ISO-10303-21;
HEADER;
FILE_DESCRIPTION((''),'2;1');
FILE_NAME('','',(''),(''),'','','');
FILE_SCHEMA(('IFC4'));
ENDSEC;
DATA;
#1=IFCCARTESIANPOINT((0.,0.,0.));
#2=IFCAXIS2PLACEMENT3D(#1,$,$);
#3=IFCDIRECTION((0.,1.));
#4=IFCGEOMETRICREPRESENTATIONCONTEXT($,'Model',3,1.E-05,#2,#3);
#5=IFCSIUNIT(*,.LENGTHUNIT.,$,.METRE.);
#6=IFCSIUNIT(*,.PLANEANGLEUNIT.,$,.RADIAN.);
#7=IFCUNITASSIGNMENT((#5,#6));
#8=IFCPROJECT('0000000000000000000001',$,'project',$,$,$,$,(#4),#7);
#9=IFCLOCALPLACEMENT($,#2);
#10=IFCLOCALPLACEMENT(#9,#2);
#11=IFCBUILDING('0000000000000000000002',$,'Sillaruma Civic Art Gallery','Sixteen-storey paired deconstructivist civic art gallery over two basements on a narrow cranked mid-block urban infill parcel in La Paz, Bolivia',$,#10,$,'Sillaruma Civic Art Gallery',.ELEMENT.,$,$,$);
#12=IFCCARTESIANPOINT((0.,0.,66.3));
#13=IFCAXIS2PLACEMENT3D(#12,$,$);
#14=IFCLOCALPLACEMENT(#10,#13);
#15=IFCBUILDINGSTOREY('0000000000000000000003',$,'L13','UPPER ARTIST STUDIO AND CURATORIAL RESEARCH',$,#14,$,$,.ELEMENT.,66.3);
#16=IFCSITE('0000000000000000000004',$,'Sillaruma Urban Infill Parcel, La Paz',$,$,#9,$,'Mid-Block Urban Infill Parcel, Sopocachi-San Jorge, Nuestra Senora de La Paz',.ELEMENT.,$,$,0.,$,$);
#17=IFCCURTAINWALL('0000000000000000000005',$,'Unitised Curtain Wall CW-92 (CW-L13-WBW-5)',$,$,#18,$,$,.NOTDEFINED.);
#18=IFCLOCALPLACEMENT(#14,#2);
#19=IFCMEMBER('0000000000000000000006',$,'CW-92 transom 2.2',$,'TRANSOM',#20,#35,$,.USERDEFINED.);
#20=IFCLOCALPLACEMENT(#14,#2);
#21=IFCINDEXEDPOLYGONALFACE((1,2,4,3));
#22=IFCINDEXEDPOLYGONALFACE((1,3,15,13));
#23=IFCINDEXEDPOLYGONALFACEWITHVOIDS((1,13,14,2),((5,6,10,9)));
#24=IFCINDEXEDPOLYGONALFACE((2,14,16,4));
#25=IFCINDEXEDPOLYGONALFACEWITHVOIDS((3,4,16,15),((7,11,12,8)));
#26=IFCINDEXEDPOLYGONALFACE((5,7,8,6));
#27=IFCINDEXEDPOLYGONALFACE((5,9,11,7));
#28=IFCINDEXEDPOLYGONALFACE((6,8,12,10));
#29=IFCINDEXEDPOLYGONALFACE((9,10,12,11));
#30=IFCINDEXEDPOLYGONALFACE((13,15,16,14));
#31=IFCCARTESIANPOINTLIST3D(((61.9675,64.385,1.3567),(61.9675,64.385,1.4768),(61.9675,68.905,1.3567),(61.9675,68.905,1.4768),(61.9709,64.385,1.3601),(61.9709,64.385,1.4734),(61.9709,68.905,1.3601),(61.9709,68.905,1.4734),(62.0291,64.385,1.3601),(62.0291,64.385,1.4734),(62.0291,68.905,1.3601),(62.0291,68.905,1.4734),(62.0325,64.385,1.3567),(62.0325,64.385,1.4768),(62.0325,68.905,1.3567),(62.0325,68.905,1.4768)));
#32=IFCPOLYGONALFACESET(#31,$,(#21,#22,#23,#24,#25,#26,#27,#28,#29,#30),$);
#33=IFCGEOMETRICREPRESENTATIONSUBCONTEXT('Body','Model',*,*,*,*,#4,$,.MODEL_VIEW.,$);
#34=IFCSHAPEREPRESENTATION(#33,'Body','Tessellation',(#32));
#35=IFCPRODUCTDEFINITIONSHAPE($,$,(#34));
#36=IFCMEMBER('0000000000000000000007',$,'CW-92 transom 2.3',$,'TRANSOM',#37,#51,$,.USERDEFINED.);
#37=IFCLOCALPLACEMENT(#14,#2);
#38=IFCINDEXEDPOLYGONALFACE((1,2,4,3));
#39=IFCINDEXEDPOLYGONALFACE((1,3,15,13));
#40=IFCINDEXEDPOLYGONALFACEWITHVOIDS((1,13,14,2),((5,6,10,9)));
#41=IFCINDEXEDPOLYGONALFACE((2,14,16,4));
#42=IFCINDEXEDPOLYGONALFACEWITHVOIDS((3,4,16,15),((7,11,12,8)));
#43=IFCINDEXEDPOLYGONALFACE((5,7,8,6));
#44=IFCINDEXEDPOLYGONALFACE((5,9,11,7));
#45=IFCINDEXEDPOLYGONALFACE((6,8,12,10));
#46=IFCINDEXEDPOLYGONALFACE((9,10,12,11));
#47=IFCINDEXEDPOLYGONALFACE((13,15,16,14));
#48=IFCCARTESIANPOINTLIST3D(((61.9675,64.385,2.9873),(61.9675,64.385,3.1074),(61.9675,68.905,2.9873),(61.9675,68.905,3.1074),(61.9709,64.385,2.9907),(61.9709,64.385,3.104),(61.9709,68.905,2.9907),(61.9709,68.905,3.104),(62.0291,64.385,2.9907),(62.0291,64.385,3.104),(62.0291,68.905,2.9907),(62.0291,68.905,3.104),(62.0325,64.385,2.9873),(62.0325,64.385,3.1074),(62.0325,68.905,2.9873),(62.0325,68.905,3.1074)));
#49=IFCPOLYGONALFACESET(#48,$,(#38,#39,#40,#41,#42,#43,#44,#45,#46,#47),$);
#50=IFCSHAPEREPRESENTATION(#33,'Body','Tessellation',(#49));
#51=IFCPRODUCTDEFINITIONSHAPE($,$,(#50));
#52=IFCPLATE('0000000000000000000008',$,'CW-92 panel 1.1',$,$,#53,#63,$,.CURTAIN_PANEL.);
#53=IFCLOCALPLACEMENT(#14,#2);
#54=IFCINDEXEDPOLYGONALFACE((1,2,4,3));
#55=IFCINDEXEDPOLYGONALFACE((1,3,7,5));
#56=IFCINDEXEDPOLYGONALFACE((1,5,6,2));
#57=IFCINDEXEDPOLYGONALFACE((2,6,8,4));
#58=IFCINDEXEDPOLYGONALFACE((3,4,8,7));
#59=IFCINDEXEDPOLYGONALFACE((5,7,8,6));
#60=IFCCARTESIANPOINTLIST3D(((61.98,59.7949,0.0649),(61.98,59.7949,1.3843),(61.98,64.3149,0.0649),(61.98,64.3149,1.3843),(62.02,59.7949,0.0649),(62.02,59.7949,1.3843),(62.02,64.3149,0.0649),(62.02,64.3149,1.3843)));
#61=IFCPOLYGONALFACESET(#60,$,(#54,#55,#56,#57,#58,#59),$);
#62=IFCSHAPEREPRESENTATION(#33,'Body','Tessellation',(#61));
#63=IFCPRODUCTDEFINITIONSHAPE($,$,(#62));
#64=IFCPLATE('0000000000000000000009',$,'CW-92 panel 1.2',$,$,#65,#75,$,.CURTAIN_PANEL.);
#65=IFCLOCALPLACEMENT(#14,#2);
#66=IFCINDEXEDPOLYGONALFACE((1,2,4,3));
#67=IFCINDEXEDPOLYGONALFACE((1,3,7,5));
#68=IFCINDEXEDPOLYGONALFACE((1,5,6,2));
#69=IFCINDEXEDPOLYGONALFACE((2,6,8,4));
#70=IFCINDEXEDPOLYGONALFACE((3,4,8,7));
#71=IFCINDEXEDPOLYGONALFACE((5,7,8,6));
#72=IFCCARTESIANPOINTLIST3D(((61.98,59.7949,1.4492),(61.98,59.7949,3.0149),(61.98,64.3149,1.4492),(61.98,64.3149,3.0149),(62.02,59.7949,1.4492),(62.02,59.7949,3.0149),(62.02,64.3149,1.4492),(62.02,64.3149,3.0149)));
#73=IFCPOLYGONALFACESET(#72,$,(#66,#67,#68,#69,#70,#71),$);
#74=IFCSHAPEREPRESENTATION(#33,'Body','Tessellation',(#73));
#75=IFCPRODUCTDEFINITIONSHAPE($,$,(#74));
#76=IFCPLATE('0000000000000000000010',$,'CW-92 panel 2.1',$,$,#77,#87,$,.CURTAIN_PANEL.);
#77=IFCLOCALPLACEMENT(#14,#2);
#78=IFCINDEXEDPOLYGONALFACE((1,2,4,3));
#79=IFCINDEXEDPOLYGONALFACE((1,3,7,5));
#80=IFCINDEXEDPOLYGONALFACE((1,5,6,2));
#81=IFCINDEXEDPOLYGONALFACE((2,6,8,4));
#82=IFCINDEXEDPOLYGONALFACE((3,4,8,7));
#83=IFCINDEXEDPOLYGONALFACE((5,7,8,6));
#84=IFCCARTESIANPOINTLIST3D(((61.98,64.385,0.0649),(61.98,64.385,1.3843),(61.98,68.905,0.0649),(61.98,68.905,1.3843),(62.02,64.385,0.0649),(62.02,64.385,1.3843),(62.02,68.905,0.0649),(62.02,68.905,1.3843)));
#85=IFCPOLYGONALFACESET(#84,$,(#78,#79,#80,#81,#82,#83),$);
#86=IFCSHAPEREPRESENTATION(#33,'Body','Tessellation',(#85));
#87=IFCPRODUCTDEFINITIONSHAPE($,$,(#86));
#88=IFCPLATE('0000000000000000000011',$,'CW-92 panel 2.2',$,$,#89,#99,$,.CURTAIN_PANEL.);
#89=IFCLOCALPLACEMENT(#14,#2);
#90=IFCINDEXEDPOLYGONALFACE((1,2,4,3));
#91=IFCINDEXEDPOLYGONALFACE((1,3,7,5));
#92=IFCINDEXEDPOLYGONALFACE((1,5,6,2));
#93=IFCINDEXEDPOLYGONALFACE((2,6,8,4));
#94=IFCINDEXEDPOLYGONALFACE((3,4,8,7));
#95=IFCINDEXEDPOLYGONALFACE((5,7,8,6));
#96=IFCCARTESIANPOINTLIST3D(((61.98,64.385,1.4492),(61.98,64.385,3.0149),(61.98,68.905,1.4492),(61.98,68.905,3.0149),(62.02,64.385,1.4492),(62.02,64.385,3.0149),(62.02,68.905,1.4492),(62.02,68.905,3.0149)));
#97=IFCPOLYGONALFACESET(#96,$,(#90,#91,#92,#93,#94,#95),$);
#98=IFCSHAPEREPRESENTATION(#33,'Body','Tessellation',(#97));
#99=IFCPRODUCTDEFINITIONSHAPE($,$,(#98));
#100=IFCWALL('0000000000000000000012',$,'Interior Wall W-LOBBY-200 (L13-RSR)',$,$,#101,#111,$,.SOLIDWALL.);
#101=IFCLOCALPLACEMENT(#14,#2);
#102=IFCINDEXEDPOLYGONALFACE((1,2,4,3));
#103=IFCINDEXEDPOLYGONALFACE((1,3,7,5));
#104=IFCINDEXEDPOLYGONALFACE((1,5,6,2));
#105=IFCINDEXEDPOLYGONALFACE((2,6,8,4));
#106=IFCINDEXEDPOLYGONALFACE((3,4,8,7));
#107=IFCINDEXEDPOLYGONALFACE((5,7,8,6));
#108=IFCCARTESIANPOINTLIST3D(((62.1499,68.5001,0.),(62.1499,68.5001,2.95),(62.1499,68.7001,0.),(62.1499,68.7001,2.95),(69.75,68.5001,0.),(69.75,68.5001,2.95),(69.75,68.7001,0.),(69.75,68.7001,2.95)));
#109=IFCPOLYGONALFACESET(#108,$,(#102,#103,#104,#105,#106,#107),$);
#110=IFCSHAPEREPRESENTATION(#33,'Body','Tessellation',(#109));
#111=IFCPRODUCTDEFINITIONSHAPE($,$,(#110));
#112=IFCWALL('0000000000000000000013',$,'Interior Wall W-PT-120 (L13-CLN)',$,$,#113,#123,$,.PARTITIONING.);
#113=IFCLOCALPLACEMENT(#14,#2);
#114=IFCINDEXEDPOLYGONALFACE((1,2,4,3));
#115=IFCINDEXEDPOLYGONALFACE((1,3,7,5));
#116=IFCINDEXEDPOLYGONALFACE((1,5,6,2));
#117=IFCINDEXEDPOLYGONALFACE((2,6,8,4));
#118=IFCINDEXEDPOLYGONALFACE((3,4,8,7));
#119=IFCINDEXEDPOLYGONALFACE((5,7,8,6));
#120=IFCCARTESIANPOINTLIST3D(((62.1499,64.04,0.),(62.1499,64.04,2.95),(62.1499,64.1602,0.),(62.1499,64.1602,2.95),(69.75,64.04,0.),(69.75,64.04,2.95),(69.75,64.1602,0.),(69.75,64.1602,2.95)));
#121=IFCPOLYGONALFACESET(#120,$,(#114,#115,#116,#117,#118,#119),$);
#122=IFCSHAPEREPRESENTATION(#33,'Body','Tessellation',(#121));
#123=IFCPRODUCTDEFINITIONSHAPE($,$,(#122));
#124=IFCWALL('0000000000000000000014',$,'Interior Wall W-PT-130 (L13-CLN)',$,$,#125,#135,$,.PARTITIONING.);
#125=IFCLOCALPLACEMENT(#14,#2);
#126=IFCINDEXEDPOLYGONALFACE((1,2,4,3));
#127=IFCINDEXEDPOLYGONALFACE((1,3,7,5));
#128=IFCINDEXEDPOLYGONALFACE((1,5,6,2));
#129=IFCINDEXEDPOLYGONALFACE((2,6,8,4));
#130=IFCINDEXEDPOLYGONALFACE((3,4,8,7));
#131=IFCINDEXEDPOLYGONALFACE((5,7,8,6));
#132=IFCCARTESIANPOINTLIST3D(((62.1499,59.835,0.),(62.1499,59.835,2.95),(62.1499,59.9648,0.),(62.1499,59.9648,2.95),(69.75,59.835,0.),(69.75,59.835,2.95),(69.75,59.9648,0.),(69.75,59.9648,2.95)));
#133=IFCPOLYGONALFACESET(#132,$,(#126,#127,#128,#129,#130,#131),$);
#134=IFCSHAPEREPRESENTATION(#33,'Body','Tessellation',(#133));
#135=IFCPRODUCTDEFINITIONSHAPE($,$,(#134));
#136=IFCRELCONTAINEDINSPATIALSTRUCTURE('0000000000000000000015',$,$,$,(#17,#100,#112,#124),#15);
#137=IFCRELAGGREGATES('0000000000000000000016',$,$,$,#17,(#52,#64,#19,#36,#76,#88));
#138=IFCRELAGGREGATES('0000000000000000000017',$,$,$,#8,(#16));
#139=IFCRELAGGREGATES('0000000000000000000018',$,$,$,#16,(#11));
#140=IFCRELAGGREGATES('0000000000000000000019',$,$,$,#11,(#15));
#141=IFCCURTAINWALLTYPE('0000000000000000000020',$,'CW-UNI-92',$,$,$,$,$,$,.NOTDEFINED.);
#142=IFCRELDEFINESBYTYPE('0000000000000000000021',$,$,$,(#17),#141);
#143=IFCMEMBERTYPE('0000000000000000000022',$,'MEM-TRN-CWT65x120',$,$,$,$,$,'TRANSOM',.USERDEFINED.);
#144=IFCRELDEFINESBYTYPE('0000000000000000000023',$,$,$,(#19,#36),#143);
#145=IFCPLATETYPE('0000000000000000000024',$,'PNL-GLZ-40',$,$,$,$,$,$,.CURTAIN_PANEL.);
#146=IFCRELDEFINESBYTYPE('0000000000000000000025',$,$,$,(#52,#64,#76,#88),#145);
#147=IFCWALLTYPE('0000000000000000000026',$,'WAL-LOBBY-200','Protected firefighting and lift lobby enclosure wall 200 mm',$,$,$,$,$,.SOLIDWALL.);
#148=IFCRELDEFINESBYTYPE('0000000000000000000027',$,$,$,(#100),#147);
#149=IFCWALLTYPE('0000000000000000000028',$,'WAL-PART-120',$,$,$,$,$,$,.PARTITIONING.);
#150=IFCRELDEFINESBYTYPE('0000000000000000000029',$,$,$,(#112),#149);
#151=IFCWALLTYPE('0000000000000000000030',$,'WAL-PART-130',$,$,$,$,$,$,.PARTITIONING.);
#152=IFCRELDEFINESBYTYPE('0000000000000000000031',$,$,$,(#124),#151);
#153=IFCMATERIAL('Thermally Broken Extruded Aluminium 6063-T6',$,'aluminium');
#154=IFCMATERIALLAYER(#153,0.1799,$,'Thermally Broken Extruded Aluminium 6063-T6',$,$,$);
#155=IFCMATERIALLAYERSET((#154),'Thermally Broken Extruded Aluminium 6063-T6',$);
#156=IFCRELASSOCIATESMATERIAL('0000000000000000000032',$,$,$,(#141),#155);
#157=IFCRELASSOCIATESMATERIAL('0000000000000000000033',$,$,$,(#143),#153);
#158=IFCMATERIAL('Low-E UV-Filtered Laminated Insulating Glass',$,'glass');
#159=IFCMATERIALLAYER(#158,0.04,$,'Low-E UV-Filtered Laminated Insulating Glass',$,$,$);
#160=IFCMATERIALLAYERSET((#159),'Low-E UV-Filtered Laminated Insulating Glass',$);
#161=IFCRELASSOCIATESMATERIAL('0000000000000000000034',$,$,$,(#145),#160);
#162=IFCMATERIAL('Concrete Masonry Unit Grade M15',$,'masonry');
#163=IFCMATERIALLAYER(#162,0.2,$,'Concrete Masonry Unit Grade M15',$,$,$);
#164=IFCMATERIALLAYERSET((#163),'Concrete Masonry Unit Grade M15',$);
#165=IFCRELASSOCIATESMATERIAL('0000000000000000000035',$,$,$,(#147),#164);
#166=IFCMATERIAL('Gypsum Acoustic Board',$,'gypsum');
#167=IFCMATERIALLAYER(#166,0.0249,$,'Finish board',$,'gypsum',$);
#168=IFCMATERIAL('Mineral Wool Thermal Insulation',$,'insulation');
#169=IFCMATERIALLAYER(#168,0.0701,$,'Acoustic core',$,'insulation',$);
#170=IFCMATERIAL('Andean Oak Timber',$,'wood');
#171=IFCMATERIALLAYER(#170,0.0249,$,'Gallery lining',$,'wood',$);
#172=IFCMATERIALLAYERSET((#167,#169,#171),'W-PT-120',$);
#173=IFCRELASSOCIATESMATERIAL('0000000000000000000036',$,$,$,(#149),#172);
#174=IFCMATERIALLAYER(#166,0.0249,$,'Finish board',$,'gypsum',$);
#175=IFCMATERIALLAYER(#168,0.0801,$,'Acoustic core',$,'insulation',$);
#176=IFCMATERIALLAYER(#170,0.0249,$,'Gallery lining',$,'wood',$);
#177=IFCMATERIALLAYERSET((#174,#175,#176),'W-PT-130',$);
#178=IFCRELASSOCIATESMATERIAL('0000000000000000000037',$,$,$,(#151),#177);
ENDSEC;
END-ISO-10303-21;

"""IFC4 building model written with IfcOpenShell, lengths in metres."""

from ifc_helpers import new_model, si_unit, direction, frame, frame_2d, origin, origin_2d, place, context, subcontext, project, spatial, rectangle, hollow_rectangle, extrude, material, layer, layer_set, material_profile, profile_set, type_object, element, aggregate, save


model = new_model("IFC4")

# Units and contexts
model_context = context("Model", 3, precision=1e-05, world=origin(), true_north=direction((0.0, 1.0)))
body_context = subcontext(model_context, "Body", "Model", "MODEL_VIEW")
ifc_project = project(units=[si_unit("LENGTHUNIT", "METRE"), si_unit("PLANEANGLEUNIT", "RADIAN")], contexts=[model_context])

# Site, building, storey
site_placement = place(None, origin())
site = spatial("IfcSite", under=ifc_project, at=site_placement, Name="Sillaruma Urban Infill Parcel, La Paz", LongName="Mid-Block Urban Infill Parcel, Sopocachi-San Jorge, Nuestra Senora de La Paz", CompositionType="ELEMENT", RefElevation=0.0)
building_placement = place(site_placement, origin())
building = spatial("IfcBuilding", under=site, at=building_placement, Name="Sillaruma Civic Art Gallery", Description="Sixteen-storey paired deconstructivist civic art gallery over two basements on a narrow cranked mid-block urban infill parcel in La Paz, Bolivia", LongName="Sillaruma Civic Art Gallery", CompositionType="ELEMENT")
storey_placement = place(building_placement, frame((0.0, 0.0, 66.3)))
storey = spatial("IfcBuildingStorey", under=building, at=storey_placement, Name="L13", Description="UPPER ARTIST STUDIO AND CURATORIAL RESEARCH", CompositionType="ELEMENT", Elevation=66.3)

# Shared definitions
ifc_material_1 = material(Name="Thermally Broken Extruded Aluminium 6063-T6", Category="aluminium")

# Curtain wall, members, plates
ifc_layer_1 = layer(ifc_material_1, 0.1799, Name="Thermally Broken Extruded Aluminium 6063-T6")
ifc_layer_set_1 = layer_set([ifc_layer_1], Name="Thermally Broken Extruded Aluminium 6063-T6")
curtain_wall_type_1 = type_object("IfcCurtainWallType", Name="CW-UNI-92", PredefinedType="NOTDEFINED", material=ifc_layer_set_1)
curtain_wall_1_placement = place(storey_placement, origin())
curtain_wall_1 = element("IfcCurtainWall", 1, at=curtain_wall_1_placement, inside=storey, type_object=curtain_wall_type_1, Name="Unitised Curtain Wall CW-92 (CW-L13-WBW-5)", PredefinedType="NOTDEFINED")
ifc_material_profile_1 = material_profile(ifc_material_1, hollow_rectangle(XDim=0.0649, YDim=0.1201, WallThickness=0.0034, at=origin_2d()), Name="CWT65x120")
ifc_profile_set_1 = profile_set([ifc_material_profile_1], Name="Thermally Broken Extruded Aluminium 6063-T6")
member_type_1 = type_object("IfcMemberType", Name="MEM-TRN-CWT65x120", ElementType="TRANSOM", PredefinedType="USERDEFINED", material=ifc_profile_set_1)
member_1_placement = place(storey_placement, frame((62.0, 64.385, 1.4167), z_axis=(0.0, 1.0, 0.0), x_axis=(-1.0, 0.0, 0.0)))
member_1 = element("IfcMember", 2, at=member_1_placement, type_object=member_type_1, Name="CW-92 transom 2.2", ObjectType="TRANSOM", PredefinedType="USERDEFINED", context=body_context, shape_type="SweptSolid", body=[
    extrude(hollow_rectangle(XDim=0.0649, YDim=0.1201, WallThickness=0.0034, at=origin_2d()), origin(), (0.0, 0.0, 1.0), 4.52),
])
member_2_placement = place(storey_placement, frame((62.0, 64.385, 3.0474), z_axis=(0.0, 1.0, 0.0), x_axis=(-1.0, 0.0, 0.0)))
member_2 = element("IfcMember", 3, at=member_2_placement, type_object=member_type_1, Name="CW-92 transom 2.3", ObjectType="TRANSOM", PredefinedType="USERDEFINED", context=body_context, shape_type="SweptSolid", body=[
    extrude(hollow_rectangle(XDim=0.0649, YDim=0.1201, WallThickness=0.0034, at=origin_2d()), origin(), (0.0, 0.0, 1.0), 4.52),
])
ifc_material_2 = material(Name="Low-E UV-Filtered Laminated Insulating Glass", Category="glass")
ifc_layer_2 = layer(ifc_material_2, 0.04, Name="Low-E UV-Filtered Laminated Insulating Glass")
ifc_layer_set_2 = layer_set([ifc_layer_2], Name="Low-E UV-Filtered Laminated Insulating Glass")
plate_type = type_object("IfcPlateType", Name="PNL-GLZ-40", PredefinedType="CURTAIN_PANEL", material=ifc_layer_set_2)
plate_1_placement = place(storey_placement, frame((62.0, 62.0549, 0.0649), z_axis=(0.0, 0.0, 1.0), x_axis=(0.0, 1.0, 0.0)))
plate_1 = element("IfcPlate", 4, at=plate_1_placement, type_object=plate_type, Name="CW-92 panel 1.1", PredefinedType="CURTAIN_PANEL", context=body_context, shape_type="SweptSolid", body=[
    extrude(rectangle(XDim=4.52, YDim=0.04, at=origin_2d()), origin(), (0.0, 0.0, 1.0), 1.3193),
])
plate_2_placement = place(storey_placement, frame((62.0, 62.0549, 1.4492), z_axis=(0.0, 0.0, 1.0), x_axis=(0.0, 1.0, 0.0)))
plate_2 = element("IfcPlate", 5, at=plate_2_placement, type_object=plate_type, Name="CW-92 panel 1.2", PredefinedType="CURTAIN_PANEL", context=body_context, shape_type="SweptSolid", body=[
    extrude(rectangle(XDim=4.52, YDim=0.04, at=origin_2d()), origin(), (0.0, 0.0, 1.0), 1.5657),
])
plate_3_placement = place(storey_placement, frame((62.0, 66.645, 0.0649), z_axis=(0.0, 0.0, 1.0), x_axis=(0.0, 1.0, 0.0)))
plate_3 = element("IfcPlate", 6, at=plate_3_placement, type_object=plate_type, Name="CW-92 panel 2.1", PredefinedType="CURTAIN_PANEL", context=body_context, shape_type="SweptSolid", body=[
    extrude(rectangle(XDim=4.52, YDim=0.04, at=origin_2d()), origin(), (0.0, 0.0, 1.0), 1.3193),
])
plate_4_placement = place(storey_placement, frame((62.0, 66.645, 1.4492), z_axis=(0.0, 0.0, 1.0), x_axis=(0.0, 1.0, 0.0)))
plate_4 = element("IfcPlate", 7, at=plate_4_placement, type_object=plate_type, Name="CW-92 panel 2.2", PredefinedType="CURTAIN_PANEL", context=body_context, shape_type="SweptSolid", body=[
    extrude(rectangle(XDim=4.52, YDim=0.04, at=origin_2d()), origin(), (0.0, 0.0, 1.0), 1.5657),
])
aggregate(curtain_wall_1, [plate_1, plate_2, member_1, member_2, plate_3, plate_4])

# Walls
ifc_material_3 = material(Name="Concrete Masonry Unit Grade M15", Category="masonry")
ifc_layer_3 = layer(ifc_material_3, 0.2, Name="Concrete Masonry Unit Grade M15")
ifc_layer_set_3 = layer_set([ifc_layer_3], Name="Concrete Masonry Unit Grade M15")
wall_type_1 = type_object("IfcWallType", Name="WAL-LOBBY-200", Description="Protected firefighting and lift lobby enclosure wall 200 mm", PredefinedType="SOLIDWALL", material=ifc_layer_set_3)
wall_1_placement = place(storey_placement, frame((62.1499, 68.6001, 0.0), z_axis=(0.0, 0.0, 1.0), x_axis=(1.0, 0.0, 0.0)))
element("IfcWall", 8, at=wall_1_placement, inside=storey, type_object=wall_type_1, Name="Interior Wall W-LOBBY-200 (L13-RSR)", PredefinedType="SOLIDWALL", context=body_context, shape_type="SweptSolid", body=[
    extrude(rectangle(XDim=7.6001, YDim=0.2, at=frame_2d((3.8, 0.0))), origin(), (0.0, 0.0, 1.0), 2.95),
])
ifc_material_4 = material(Name="Gypsum Acoustic Board", Category="gypsum")
ifc_layer_4 = layer(ifc_material_4, 0.0249, Name="Finish board", Category="gypsum")
ifc_material_5 = material(Name="Mineral Wool Thermal Insulation", Category="insulation")
ifc_layer_5 = layer(ifc_material_5, 0.0701, Name="Acoustic core", Category="insulation")
ifc_material_6 = material(Name="Andean Oak Timber", Category="wood")
ifc_layer_6 = layer(ifc_material_6, 0.0249, Name="Gallery lining", Category="wood")
ifc_layer_set_4 = layer_set([ifc_layer_4, ifc_layer_5, ifc_layer_6], Name="W-PT-120")
wall_type_2 = type_object("IfcWallType", Name="WAL-PART-120", PredefinedType="PARTITIONING", material=ifc_layer_set_4)
wall_2_placement = place(storey_placement, frame((62.1499, 64.1001, 0.0), z_axis=(0.0, 0.0, 1.0), x_axis=(1.0, 0.0, 0.0)))
element("IfcWall", 9, at=wall_2_placement, inside=storey, type_object=wall_type_2, Name="Interior Wall W-PT-120 (L13-CLN)", PredefinedType="PARTITIONING", context=body_context, shape_type="SweptSolid", body=[
    extrude(rectangle(XDim=7.6001, YDim=0.1201, at=frame_2d((3.8, 0.0))), origin(), (0.0, 0.0, 1.0), 2.95),
])
ifc_layer_7 = layer(ifc_material_4, 0.0249, Name="Finish board", Category="gypsum")
ifc_layer_8 = layer(ifc_material_5, 0.0801, Name="Acoustic core", Category="insulation")
ifc_layer_9 = layer(ifc_material_6, 0.0249, Name="Gallery lining", Category="wood")
ifc_layer_set_5 = layer_set([ifc_layer_7, ifc_layer_8, ifc_layer_9], Name="W-PT-130")
wall_type_3 = type_object("IfcWallType", Name="WAL-PART-130", PredefinedType="PARTITIONING", material=ifc_layer_set_5)
wall_3_placement = place(storey_placement, frame((62.1499, 59.8999, 0.0), z_axis=(0.0, 0.0, 1.0), x_axis=(1.0, 0.0, 0.0)))
element("IfcWall", 10, at=wall_3_placement, inside=storey, type_object=wall_type_3, Name="Interior Wall W-PT-130 (L13-CLN)", PredefinedType="PARTITIONING", context=body_context, shape_type="SweptSolid", body=[
    extrude(rectangle(XDim=7.6001, YDim=0.1299, at=frame_2d((3.8, 0.0))), origin(), (0.0, 0.0, 1.0), 2.95),
])

save(model, "model.ifc")
